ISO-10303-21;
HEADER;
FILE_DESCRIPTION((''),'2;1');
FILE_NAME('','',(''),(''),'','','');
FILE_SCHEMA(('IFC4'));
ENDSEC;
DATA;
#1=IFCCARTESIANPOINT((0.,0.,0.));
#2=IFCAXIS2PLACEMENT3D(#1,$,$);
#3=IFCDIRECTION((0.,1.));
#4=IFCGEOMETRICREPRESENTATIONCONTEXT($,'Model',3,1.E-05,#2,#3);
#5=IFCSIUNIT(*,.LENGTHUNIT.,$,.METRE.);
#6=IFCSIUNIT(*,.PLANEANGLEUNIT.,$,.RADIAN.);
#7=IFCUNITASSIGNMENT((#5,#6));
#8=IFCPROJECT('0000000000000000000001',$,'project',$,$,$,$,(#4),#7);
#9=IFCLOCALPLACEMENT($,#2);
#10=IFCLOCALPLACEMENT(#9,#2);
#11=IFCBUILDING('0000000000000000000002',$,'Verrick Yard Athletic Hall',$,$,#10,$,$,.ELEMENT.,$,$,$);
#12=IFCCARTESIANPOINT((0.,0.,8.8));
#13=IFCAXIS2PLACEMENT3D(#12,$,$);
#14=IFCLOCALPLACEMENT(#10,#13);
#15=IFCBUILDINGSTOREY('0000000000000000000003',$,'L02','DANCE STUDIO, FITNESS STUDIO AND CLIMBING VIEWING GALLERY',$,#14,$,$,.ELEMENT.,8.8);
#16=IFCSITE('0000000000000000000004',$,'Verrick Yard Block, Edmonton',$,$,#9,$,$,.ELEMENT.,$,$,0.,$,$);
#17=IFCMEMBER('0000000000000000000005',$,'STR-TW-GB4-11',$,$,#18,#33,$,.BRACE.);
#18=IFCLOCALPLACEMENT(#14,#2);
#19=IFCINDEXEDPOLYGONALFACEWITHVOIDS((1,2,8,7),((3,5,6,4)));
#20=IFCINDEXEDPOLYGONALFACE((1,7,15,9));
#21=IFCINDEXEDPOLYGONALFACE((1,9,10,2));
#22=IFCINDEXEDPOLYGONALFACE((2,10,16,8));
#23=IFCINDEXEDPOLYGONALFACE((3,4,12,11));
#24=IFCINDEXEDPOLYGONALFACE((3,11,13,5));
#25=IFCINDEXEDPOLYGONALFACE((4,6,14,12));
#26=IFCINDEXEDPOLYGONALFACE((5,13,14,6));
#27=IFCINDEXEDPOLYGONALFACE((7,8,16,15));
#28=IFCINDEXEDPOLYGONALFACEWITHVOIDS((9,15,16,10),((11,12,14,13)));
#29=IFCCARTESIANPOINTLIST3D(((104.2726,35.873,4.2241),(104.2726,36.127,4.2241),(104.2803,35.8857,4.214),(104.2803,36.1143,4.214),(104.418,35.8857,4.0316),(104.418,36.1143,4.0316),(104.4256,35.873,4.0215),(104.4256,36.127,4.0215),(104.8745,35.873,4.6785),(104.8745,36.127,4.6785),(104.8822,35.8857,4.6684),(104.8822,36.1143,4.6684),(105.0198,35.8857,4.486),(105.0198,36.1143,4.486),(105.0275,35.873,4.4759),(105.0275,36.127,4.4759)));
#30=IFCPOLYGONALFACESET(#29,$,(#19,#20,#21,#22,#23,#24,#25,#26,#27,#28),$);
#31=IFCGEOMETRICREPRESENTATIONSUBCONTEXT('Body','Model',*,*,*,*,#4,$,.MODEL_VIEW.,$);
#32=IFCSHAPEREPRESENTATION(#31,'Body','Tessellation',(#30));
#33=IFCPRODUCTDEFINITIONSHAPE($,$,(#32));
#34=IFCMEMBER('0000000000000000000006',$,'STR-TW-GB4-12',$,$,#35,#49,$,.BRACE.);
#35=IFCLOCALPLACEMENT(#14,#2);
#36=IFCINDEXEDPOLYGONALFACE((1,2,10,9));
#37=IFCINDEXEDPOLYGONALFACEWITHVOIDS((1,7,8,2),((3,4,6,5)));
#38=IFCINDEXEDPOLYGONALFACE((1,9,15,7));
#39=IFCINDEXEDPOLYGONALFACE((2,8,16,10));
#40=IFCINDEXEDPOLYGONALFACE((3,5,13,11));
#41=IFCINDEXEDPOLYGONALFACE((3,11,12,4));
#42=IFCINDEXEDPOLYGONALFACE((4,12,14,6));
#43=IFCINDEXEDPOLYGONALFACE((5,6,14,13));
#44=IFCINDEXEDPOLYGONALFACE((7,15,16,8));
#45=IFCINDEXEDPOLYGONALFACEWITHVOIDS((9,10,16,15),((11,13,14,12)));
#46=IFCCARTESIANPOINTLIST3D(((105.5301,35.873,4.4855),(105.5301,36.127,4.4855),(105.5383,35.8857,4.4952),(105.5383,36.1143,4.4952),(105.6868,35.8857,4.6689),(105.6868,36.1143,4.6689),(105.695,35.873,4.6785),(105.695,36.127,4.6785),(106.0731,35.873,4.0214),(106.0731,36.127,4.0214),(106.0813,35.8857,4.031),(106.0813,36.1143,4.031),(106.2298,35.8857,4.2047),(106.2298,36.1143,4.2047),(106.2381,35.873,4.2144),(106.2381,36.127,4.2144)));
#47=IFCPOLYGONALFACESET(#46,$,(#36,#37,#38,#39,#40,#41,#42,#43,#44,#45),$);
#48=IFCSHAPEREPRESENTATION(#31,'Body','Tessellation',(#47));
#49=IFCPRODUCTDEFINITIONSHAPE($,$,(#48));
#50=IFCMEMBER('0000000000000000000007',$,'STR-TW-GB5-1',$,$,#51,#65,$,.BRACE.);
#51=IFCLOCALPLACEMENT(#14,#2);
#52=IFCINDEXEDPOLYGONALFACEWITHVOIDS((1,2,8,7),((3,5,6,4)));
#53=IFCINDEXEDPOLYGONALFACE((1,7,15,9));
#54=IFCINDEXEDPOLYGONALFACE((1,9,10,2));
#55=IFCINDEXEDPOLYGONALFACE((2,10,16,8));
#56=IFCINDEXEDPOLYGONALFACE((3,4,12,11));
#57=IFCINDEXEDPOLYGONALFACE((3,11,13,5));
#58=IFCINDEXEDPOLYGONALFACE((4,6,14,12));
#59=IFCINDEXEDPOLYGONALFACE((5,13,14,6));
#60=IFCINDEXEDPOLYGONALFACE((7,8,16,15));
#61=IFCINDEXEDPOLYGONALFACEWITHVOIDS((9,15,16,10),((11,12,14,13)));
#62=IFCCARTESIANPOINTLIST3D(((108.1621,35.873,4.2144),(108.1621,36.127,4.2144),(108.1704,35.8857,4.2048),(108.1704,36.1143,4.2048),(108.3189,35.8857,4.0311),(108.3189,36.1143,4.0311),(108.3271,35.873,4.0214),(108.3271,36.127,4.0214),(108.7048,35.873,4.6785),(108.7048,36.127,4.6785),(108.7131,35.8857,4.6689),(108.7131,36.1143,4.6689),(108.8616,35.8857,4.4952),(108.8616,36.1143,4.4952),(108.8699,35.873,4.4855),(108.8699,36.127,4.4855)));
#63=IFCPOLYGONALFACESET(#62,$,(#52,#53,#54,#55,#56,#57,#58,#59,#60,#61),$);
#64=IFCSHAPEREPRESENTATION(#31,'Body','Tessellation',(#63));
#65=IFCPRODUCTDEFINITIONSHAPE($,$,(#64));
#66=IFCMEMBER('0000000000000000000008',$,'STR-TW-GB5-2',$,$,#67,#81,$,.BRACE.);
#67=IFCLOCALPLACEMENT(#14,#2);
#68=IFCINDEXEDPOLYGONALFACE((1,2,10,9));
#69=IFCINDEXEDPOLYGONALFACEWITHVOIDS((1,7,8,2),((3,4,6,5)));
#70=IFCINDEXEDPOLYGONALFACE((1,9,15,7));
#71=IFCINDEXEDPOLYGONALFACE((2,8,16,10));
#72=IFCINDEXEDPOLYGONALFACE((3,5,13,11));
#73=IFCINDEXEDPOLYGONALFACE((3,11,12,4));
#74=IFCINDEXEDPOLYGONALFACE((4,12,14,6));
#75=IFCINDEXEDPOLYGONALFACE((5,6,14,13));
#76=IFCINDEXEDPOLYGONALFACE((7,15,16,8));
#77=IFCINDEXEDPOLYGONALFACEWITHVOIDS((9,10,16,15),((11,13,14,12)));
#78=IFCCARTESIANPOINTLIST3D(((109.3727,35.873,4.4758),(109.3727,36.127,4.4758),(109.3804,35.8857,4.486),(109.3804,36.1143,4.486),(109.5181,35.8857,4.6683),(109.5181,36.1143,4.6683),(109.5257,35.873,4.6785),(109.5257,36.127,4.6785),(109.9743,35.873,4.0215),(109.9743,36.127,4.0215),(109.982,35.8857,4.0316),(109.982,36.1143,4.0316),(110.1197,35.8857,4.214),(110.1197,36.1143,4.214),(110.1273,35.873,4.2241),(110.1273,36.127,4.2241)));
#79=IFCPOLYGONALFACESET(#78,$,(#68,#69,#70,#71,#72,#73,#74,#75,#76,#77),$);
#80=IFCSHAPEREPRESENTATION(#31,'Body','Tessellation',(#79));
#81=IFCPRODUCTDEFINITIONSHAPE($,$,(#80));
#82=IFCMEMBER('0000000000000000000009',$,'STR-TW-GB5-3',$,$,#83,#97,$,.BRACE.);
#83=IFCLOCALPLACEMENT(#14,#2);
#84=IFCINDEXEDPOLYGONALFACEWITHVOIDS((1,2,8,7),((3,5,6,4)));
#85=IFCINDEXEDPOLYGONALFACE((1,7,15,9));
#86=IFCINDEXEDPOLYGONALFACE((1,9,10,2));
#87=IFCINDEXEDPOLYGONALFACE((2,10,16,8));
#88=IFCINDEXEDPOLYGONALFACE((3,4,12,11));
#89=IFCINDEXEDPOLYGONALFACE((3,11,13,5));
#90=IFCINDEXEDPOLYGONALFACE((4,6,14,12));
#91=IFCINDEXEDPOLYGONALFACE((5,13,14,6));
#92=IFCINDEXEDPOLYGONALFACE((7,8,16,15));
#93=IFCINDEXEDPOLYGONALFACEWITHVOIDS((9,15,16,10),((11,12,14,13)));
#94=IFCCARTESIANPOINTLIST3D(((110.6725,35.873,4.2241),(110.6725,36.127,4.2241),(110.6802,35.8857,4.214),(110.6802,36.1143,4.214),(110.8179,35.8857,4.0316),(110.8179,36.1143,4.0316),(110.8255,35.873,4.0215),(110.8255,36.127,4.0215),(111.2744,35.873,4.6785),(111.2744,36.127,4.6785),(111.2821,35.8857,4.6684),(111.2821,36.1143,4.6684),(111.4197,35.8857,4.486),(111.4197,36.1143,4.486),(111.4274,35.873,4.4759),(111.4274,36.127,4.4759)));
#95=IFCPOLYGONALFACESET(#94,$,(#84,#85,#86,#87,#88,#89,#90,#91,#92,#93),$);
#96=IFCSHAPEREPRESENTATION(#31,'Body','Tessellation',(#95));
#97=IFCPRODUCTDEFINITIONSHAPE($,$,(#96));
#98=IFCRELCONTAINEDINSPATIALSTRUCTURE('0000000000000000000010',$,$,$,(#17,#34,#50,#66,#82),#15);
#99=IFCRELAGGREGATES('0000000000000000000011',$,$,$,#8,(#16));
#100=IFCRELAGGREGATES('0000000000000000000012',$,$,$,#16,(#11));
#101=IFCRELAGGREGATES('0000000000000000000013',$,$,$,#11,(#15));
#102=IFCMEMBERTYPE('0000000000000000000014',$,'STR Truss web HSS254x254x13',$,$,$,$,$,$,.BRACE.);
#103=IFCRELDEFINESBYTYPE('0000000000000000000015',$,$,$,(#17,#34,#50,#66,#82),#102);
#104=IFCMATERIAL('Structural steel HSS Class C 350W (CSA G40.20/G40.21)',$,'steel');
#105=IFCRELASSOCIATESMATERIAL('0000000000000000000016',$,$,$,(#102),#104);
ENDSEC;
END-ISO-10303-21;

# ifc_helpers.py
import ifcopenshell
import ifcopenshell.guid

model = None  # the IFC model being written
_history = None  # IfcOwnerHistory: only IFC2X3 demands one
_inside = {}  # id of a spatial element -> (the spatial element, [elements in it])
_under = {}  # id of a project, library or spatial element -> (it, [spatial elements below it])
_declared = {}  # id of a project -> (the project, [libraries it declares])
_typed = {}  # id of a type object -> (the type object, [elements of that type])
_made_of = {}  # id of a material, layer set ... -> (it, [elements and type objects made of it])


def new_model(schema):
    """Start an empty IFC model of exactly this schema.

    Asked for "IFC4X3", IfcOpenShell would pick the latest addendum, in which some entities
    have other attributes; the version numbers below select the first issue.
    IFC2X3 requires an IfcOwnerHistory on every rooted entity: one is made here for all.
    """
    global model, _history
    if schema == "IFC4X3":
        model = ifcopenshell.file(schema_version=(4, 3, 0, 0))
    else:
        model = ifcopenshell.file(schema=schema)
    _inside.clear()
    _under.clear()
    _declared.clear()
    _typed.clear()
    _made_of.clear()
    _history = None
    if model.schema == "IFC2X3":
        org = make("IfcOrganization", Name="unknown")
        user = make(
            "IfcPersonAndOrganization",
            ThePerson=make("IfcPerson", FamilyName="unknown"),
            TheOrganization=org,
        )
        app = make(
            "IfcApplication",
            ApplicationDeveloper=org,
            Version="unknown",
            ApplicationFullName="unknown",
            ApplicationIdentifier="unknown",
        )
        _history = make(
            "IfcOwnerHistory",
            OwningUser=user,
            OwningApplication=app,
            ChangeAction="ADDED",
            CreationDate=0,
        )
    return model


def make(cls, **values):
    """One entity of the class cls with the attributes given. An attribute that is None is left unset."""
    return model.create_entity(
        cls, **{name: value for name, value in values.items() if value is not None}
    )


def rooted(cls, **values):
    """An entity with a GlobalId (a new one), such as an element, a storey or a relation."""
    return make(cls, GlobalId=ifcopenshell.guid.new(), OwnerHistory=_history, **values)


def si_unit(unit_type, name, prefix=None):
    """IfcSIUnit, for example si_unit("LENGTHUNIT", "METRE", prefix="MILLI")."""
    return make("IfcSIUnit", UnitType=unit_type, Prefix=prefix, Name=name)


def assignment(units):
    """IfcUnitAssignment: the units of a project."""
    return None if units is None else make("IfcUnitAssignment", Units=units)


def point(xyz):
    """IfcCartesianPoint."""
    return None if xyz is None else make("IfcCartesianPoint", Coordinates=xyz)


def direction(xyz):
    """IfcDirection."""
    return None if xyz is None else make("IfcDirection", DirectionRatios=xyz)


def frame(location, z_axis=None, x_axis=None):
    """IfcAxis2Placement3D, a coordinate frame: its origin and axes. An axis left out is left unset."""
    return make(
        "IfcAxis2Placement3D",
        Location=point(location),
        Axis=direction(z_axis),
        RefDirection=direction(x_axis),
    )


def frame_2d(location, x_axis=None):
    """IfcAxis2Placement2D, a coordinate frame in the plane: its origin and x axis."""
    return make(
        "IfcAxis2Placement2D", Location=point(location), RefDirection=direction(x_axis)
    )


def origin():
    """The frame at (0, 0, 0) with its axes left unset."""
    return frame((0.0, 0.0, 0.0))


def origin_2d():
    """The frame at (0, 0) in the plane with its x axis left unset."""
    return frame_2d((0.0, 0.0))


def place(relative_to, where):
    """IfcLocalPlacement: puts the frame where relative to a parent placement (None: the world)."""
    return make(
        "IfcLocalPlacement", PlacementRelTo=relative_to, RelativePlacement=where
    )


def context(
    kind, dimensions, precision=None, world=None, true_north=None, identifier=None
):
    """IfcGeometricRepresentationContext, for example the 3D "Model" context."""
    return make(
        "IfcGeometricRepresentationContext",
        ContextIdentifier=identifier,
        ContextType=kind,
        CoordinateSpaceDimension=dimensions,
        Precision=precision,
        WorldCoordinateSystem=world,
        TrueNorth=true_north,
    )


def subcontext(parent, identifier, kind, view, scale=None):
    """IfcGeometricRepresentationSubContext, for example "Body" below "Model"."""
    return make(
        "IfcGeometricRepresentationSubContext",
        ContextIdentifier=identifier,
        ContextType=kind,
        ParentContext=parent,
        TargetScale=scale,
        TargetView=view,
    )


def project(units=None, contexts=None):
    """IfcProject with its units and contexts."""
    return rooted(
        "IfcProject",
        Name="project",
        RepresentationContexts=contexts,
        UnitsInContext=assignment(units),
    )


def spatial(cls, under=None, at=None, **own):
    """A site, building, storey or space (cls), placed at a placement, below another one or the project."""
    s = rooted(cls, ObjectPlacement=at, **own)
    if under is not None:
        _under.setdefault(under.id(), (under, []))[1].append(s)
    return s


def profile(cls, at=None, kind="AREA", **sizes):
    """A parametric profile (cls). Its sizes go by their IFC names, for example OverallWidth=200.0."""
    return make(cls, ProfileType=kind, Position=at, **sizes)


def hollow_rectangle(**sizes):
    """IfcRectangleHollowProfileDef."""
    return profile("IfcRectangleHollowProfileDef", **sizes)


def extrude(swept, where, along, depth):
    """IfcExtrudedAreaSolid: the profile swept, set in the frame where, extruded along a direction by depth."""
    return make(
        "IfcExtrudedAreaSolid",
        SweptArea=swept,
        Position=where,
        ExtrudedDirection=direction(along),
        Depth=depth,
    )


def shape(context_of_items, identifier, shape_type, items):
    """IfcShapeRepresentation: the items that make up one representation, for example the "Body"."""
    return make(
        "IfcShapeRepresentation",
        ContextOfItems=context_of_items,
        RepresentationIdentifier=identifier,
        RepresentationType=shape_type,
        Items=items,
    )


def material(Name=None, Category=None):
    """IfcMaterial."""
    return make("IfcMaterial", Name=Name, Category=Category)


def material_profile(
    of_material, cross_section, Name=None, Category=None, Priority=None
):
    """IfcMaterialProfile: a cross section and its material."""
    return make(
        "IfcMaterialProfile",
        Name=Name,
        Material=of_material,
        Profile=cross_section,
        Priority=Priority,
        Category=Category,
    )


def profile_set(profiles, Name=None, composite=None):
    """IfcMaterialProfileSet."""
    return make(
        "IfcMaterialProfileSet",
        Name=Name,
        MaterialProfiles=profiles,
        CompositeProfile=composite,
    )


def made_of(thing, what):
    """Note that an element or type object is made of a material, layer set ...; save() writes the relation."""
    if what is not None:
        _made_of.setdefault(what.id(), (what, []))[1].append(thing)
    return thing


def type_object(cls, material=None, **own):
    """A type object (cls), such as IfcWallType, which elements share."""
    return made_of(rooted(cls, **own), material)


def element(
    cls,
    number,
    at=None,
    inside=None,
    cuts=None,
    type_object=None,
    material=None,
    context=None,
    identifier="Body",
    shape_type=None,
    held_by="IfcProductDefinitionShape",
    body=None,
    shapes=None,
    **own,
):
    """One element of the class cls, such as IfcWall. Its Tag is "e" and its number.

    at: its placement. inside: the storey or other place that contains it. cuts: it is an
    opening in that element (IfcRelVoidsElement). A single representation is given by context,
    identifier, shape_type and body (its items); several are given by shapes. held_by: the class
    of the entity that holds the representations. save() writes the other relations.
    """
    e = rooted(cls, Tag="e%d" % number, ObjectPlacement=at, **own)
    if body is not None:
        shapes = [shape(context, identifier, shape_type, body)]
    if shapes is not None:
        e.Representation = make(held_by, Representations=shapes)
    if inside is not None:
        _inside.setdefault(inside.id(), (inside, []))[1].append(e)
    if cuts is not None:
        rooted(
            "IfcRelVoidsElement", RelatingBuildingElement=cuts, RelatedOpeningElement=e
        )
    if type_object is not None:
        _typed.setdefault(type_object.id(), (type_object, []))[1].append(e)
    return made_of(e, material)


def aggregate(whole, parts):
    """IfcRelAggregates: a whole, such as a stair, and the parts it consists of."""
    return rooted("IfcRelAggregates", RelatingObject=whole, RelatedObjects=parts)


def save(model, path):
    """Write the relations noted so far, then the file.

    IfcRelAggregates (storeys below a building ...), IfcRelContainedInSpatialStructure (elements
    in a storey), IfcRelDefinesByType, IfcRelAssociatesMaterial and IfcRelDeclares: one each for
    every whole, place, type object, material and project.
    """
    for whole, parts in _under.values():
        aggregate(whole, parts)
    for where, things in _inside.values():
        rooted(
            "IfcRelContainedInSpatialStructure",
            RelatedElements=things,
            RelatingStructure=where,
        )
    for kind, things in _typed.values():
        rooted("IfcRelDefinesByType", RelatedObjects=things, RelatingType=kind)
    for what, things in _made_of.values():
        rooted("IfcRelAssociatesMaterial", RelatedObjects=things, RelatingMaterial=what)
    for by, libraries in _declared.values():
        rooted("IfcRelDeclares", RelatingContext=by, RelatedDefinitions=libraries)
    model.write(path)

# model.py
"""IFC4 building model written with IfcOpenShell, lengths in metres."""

from ifc_helpers import new_model, si_unit, direction, frame, origin, origin_2d, place, context, subcontext, project, spatial, hollow_rectangle, extrude, material, material_profile, profile_set, type_object, element, save


model = new_model("IFC4")

# Units and contexts
model_context = context("Model", 3, precision=1e-05, world=origin(), true_north=direction((0.0, 1.0)))
body_context = subcontext(model_context, "Body", "Model", "MODEL_VIEW")
ifc_project = project(units=[si_unit("LENGTHUNIT", "METRE"), si_unit("PLANEANGLEUNIT", "RADIAN")], contexts=[model_context])

# Site, building, storey
site_placement = place(None, origin())
site = spatial("IfcSite", under=ifc_project, at=site_placement, Name="Verrick Yard Block, Edmonton", CompositionType="ELEMENT", RefElevation=0.0)
building_placement = place(site_placement, origin())
building = spatial("IfcBuilding", under=site, at=building_placement, Name="Verrick Yard Athletic Hall", CompositionType="ELEMENT")
storey_placement = place(building_placement, frame((0.0, 0.0, 8.8)))
storey = spatial("IfcBuildingStorey", under=building, at=storey_placement, Name="L02", Description="DANCE STUDIO, FITNESS STUDIO AND CLIMBING VIEWING GALLERY", CompositionType="ELEMENT", Elevation=8.8)

# Members
ifc_material_1 = material(Name="Structural steel HSS Class C 350W (CSA G40.20/G40.21)", Category="steel")
ifc_material_profile_1 = material_profile(ifc_material_1, hollow_rectangle(XDim=0.2539, YDim=0.2539, WallThickness=0.0127, at=origin_2d()), Name="HSS254x254x13")
ifc_profile_set_1 = profile_set([ifc_material_profile_1], Name="Structural steel HSS Class C 350W (CSA G40.20/G40.21)")
member_type_1 = type_object("IfcMemberType", Name="STR Truss web HSS254x254x13", PredefinedType="BRACE", material=ifc_profile_set_1)
member_1_placement = place(storey_placement, frame((104.3491, 36.0, 4.1228), z_axis=(0.798092, 0.0, 0.602535), x_axis=(0.0, 1.0, 0.0)))
element("IfcMember", 1, at=member_1_placement, inside=storey, type_object=member_type_1, Name="STR-TW-GB4-11", PredefinedType="BRACE", context=body_context, shape_type="SweptSolid", body=[
    extrude(hollow_rectangle(XDim=0.2539, YDim=0.2539, WallThickness=0.0127, at=origin_2d()), origin(), (0.0, 0.0, 1.0), 0.7542),
])
member_2_placement = place(storey_placement, frame((105.6125, 36.0, 4.582), z_axis=(0.760149, 0.0, -0.649749), x_axis=(0.0, 1.0, 0.0)))
element("IfcMember", 2, at=member_2_placement, inside=storey, type_object=member_type_1, Name="STR-TW-GB4-12", PredefinedType="BRACE", context=body_context, shape_type="SweptSolid", body=[
    extrude(hollow_rectangle(XDim=0.2539, YDim=0.2539, WallThickness=0.0127, at=origin_2d()), origin(), (0.0, 0.0, 1.0), 0.7144),
])
member_3_placement = place(storey_placement, frame((108.2446, 36.0, 4.1179), z_axis=(0.760004, 0.0, 0.649918), x_axis=(0.0, 1.0, 0.0)))
element("IfcMember", 3, at=member_3_placement, inside=storey, type_object=member_type_1, Name="STR-TW-GB5-1", PredefinedType="BRACE", context=body_context, shape_type="SweptSolid", body=[
    extrude(hollow_rectangle(XDim=0.2539, YDim=0.2539, WallThickness=0.0127, at=origin_2d()), origin(), (0.0, 0.0, 1.0), 0.7141),
])
member_4_placement = place(storey_placement, frame((109.4492, 36.0, 4.5771), z_axis=(0.797975, 0.0, -0.602691), x_axis=(0.0, 1.0, 0.0)))
element("IfcMember", 4, at=member_4_placement, inside=storey, type_object=member_type_1, Name="STR-TW-GB5-2", PredefinedType="BRACE", context=body_context, shape_type="SweptSolid", body=[
    extrude(hollow_rectangle(XDim=0.2539, YDim=0.2539, WallThickness=0.0127, at=origin_2d()), origin(), (0.0, 0.0, 1.0), 0.7539),
])
member_5_placement = place(storey_placement, frame((110.749, 36.0, 4.1228), z_axis=(0.798092, 0.0, 0.602535), x_axis=(0.0, 1.0, 0.0)))
element("IfcMember", 5, at=member_5_placement, inside=storey, type_object=member_type_1, Name="STR-TW-GB5-3", PredefinedType="BRACE", context=body_context, shape_type="SweptSolid", body=[
    extrude(hollow_rectangle(XDim=0.2539, YDim=0.2539, WallThickness=0.0127, at=origin_2d()), origin(), (0.0, 0.0, 1.0), 0.7542),
])

save(model, "model.ifc")
